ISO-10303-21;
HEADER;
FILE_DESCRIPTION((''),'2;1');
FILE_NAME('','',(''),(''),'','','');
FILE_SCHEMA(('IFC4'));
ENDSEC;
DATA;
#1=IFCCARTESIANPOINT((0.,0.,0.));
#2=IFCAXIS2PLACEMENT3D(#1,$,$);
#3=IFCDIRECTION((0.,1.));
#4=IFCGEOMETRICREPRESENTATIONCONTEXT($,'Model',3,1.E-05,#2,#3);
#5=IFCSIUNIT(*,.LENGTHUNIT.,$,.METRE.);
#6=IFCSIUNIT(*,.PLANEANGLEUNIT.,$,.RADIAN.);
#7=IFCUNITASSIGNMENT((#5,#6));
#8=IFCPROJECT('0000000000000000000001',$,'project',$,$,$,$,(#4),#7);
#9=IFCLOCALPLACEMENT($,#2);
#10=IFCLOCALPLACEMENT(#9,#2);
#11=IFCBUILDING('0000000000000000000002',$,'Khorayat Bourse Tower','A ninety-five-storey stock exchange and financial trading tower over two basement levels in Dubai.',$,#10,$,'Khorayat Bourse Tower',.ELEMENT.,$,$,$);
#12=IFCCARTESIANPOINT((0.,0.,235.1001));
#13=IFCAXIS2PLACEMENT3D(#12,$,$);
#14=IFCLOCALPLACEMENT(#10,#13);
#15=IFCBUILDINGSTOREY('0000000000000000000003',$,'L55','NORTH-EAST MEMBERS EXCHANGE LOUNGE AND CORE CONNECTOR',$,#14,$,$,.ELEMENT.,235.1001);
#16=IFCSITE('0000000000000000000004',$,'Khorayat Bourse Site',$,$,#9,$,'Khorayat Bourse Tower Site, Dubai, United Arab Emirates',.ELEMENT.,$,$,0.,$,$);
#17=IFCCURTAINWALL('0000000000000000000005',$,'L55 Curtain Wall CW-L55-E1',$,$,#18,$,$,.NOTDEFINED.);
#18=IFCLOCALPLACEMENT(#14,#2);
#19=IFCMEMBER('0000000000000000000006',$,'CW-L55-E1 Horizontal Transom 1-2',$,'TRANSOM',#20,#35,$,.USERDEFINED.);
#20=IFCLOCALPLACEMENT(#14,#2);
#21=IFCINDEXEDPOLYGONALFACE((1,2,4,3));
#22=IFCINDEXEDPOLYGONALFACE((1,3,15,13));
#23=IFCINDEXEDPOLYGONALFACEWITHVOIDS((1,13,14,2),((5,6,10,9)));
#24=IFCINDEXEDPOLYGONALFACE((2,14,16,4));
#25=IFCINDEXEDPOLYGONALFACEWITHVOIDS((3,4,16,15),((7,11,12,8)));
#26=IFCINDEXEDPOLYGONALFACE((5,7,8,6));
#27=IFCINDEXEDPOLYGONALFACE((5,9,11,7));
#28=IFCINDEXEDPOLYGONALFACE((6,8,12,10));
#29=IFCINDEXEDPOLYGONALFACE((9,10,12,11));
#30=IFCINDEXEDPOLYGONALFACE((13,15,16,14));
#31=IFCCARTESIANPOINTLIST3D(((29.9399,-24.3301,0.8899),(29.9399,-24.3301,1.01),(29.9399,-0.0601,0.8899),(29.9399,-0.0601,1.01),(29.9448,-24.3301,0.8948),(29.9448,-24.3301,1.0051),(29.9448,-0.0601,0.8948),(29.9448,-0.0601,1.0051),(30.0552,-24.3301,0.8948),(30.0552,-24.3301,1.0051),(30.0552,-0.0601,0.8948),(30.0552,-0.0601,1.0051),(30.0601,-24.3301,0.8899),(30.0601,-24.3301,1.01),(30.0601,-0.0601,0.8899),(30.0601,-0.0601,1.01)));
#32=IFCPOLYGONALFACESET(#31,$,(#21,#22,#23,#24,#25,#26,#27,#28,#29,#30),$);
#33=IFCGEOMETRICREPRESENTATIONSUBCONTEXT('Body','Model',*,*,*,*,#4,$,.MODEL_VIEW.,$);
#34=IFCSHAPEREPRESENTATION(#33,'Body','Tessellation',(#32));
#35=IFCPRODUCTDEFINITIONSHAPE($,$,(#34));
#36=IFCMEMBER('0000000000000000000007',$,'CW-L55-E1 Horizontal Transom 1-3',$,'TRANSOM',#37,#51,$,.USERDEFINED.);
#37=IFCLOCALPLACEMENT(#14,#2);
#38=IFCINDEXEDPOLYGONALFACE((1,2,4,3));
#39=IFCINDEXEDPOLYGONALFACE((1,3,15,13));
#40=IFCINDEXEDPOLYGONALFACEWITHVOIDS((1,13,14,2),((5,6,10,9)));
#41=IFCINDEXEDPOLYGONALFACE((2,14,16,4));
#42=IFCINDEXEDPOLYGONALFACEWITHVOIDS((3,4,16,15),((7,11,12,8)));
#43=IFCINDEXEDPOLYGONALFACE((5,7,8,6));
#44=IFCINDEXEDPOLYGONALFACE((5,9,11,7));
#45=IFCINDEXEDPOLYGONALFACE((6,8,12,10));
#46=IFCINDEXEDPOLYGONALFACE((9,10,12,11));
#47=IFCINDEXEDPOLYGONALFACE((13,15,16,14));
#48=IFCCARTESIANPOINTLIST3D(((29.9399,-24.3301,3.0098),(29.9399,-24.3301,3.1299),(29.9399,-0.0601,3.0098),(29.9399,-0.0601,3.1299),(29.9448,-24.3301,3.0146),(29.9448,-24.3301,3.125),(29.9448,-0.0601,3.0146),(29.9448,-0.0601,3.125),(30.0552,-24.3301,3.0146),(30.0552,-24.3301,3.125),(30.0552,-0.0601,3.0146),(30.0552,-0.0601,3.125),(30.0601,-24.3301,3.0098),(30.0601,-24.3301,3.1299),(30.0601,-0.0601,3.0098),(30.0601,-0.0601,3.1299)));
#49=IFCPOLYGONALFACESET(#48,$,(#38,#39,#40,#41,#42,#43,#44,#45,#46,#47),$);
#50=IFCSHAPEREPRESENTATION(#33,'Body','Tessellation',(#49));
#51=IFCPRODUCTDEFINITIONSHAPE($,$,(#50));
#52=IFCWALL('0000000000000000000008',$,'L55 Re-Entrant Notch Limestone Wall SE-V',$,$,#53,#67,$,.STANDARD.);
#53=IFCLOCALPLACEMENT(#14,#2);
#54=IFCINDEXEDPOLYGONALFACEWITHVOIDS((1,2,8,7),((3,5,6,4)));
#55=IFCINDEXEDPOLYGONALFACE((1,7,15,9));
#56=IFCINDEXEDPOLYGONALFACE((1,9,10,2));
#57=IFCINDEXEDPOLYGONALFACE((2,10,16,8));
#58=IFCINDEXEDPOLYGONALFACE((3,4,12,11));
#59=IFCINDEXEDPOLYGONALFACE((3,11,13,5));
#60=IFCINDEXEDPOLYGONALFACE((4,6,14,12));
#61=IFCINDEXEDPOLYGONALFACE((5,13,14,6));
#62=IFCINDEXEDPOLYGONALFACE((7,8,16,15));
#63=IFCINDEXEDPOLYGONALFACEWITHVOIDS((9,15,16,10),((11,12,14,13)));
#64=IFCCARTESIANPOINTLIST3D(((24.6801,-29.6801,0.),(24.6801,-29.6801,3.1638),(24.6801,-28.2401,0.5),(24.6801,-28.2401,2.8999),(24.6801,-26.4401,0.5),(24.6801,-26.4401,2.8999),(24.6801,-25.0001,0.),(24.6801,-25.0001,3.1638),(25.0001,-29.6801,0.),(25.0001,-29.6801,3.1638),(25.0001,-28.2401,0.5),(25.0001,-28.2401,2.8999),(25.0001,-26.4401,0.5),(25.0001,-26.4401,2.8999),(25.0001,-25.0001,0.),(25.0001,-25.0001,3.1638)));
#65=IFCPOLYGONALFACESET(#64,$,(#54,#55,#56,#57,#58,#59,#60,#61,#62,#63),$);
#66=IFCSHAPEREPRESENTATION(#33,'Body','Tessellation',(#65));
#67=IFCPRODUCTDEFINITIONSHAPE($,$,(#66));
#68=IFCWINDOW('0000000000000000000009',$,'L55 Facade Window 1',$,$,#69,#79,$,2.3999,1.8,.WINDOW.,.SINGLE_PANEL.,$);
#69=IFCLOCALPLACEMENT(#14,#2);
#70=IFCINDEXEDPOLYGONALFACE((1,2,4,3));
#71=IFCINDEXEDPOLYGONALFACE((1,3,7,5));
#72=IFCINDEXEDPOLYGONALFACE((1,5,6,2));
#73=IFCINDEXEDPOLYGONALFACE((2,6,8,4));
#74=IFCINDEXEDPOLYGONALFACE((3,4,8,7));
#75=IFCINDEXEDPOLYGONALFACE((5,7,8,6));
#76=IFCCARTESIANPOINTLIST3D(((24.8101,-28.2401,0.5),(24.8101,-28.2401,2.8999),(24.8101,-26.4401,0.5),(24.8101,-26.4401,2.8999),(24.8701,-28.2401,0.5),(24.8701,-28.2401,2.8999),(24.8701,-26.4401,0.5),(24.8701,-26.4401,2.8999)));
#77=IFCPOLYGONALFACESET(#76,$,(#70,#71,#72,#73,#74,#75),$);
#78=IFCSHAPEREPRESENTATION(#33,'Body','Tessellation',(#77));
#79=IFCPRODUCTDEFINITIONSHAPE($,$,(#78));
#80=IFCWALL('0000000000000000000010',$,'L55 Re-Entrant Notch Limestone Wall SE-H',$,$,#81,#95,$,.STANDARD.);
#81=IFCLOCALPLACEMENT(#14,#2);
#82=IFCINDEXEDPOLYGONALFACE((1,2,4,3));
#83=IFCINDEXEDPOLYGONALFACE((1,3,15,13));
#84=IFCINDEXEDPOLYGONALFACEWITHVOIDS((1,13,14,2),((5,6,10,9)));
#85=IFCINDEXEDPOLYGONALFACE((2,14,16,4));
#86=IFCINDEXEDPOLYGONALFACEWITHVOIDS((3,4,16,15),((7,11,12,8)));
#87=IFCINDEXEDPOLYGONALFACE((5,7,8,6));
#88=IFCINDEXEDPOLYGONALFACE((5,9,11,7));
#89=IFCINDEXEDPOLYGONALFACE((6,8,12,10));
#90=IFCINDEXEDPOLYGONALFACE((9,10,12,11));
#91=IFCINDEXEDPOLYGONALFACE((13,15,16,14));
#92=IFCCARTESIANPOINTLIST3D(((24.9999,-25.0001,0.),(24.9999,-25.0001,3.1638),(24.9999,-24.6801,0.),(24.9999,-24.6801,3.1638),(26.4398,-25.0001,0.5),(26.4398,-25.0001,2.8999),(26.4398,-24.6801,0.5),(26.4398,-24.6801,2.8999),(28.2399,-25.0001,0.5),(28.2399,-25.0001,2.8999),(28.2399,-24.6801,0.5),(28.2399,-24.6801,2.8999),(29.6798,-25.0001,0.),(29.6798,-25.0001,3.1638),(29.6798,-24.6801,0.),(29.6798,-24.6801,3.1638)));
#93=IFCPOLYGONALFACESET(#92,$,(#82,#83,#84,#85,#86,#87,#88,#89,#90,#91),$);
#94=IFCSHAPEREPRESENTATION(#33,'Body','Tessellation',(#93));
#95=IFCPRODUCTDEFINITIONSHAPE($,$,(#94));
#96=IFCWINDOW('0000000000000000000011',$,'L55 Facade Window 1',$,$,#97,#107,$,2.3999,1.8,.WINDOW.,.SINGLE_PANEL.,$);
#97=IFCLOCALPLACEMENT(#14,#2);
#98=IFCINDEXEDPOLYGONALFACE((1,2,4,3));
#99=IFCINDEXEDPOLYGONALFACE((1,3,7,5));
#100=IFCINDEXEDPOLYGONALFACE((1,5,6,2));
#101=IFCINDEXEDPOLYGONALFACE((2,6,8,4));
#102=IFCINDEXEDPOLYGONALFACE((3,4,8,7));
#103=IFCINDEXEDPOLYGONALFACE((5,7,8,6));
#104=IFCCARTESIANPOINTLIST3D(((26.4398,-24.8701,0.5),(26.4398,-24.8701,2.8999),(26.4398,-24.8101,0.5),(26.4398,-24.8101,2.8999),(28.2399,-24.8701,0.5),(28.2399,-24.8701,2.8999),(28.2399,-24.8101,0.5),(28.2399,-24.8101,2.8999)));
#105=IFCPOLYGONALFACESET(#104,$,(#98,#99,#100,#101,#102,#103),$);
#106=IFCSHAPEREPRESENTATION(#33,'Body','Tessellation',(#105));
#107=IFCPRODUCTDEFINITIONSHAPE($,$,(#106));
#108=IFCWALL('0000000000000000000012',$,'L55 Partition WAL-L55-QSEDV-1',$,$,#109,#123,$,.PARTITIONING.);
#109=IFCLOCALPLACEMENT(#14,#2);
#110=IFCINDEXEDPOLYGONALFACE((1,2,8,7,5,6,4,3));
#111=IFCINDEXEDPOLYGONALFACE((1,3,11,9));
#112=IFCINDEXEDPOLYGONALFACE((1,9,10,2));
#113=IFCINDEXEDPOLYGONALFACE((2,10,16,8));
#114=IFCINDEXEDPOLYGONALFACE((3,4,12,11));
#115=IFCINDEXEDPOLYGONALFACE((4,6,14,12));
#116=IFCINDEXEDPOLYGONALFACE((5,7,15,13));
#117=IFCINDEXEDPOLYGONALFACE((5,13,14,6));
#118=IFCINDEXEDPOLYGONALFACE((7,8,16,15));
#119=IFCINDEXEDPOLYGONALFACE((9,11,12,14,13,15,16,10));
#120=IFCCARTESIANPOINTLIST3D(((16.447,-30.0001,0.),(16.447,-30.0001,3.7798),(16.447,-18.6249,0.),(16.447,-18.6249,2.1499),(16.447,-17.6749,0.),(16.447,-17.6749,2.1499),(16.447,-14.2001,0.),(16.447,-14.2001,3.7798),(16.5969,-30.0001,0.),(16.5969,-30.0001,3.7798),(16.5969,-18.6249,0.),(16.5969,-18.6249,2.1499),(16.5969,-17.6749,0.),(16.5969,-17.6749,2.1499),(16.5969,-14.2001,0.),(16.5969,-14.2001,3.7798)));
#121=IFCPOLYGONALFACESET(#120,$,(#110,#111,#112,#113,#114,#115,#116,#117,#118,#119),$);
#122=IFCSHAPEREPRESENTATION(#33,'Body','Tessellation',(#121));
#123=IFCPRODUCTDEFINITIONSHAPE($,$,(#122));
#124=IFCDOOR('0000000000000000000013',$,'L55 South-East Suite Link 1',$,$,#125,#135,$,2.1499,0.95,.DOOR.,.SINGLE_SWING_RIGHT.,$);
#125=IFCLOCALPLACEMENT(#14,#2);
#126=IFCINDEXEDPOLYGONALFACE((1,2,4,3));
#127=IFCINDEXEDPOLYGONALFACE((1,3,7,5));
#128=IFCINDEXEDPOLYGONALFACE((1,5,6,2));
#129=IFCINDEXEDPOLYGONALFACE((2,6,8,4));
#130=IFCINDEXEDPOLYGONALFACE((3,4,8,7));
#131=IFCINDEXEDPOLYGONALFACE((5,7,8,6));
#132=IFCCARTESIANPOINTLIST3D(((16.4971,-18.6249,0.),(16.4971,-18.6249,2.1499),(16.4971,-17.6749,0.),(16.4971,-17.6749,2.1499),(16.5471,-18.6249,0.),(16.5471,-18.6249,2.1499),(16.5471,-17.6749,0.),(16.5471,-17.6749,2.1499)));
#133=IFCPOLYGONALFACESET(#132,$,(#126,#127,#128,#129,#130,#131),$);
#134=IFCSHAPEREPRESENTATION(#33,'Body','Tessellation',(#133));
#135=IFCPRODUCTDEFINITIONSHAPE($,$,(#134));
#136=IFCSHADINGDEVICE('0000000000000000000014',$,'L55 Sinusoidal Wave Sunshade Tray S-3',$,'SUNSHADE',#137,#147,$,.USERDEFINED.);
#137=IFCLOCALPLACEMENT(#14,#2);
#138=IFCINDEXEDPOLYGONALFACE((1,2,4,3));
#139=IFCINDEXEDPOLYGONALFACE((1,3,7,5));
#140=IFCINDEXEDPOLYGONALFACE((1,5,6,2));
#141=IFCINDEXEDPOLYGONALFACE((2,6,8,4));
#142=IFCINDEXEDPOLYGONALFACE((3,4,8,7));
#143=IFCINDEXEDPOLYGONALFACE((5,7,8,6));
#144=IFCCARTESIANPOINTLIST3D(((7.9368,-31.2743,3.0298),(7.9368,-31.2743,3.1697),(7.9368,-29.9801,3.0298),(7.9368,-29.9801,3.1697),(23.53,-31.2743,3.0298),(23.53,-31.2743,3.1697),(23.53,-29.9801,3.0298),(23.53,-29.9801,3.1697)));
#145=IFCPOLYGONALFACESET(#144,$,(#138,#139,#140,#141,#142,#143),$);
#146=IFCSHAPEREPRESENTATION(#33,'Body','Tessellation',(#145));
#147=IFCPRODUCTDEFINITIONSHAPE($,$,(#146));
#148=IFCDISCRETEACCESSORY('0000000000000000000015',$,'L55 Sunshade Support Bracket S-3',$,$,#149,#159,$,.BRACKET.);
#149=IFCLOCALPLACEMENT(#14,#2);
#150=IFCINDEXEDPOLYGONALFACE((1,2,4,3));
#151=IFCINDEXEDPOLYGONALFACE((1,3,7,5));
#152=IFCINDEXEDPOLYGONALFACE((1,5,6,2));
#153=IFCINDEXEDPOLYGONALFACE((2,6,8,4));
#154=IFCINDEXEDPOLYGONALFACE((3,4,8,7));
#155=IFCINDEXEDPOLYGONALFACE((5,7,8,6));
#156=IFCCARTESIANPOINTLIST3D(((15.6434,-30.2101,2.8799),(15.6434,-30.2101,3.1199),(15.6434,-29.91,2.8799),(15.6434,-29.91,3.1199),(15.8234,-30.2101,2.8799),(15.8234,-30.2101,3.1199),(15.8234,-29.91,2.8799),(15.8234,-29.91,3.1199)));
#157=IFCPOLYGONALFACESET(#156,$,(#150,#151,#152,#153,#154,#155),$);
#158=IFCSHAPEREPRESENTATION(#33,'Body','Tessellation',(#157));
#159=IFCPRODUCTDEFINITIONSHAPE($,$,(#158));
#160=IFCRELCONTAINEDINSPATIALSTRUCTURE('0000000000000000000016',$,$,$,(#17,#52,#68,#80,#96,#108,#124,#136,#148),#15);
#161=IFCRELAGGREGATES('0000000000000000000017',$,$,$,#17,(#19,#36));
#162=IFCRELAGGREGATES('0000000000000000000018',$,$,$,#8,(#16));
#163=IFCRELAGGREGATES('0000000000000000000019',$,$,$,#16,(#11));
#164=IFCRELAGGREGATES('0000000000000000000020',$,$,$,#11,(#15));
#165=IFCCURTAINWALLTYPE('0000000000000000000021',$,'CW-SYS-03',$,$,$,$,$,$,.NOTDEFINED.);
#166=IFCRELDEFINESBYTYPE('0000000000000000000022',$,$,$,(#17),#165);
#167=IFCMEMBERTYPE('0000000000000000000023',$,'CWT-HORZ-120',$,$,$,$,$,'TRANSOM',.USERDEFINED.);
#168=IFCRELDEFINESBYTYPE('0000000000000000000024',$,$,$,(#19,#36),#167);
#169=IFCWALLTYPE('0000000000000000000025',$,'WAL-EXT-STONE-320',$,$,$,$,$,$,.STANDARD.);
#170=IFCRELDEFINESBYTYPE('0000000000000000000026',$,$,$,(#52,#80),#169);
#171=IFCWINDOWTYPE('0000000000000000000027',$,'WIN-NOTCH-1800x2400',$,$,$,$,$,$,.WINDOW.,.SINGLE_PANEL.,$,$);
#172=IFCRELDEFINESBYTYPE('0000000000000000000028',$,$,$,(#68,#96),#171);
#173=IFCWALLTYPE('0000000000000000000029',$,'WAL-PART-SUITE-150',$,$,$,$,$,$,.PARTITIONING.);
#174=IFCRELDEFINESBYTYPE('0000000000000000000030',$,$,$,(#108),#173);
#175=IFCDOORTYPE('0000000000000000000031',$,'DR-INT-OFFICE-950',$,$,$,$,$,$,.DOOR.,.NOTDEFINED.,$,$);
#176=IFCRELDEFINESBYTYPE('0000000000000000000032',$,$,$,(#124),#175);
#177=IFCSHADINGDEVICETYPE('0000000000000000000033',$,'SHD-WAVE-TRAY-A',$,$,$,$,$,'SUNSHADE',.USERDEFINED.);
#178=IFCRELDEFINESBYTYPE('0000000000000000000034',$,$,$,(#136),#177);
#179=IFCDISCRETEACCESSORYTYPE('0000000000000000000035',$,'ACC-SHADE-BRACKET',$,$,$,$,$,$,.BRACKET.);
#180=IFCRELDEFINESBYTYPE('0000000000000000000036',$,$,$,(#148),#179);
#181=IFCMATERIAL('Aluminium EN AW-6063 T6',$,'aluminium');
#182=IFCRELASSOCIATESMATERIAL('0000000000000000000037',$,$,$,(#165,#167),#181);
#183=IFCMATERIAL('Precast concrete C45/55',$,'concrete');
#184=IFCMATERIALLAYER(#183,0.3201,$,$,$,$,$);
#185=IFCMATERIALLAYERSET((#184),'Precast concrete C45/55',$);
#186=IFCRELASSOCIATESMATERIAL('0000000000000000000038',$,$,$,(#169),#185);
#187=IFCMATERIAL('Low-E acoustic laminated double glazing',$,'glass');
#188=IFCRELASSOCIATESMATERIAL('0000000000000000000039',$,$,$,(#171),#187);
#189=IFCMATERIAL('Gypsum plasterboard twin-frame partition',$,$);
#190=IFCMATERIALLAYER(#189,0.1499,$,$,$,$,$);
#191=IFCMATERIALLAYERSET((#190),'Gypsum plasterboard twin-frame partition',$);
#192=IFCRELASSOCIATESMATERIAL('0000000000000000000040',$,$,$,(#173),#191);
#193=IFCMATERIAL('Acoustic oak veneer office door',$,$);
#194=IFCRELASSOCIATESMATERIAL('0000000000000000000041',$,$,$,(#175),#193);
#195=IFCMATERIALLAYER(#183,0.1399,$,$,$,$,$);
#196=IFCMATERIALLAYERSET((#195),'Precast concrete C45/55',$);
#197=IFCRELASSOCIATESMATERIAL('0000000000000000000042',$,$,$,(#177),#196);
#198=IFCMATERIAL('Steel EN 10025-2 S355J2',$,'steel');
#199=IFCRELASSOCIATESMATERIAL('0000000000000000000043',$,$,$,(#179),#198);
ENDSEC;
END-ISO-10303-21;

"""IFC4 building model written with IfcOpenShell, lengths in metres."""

from ifc_helpers import new_model, si_unit, direction, frame, frame_2d, origin, origin_2d, place, context, subcontext, project, spatial, rectangle, hollow_rectangle, extrude, source, transform, mapped, material, layer, layer_set, material_profile, profile_set, type_object, element, fill, aggregate, save


model = new_model("IFC4")

# Units and contexts
model_context = context("Model", 3, precision=1e-05, world=origin(), true_north=direction((0.0, 1.0)))
body_context = subcontext(model_context, "Body", "Model", "MODEL_VIEW")
ifc_project = project(units=[si_unit("LENGTHUNIT", "METRE"), si_unit("PLANEANGLEUNIT", "RADIAN")], contexts=[model_context])

# Site, building, storey
site_placement = place(None, origin())
site = spatial("IfcSite", under=ifc_project, at=site_placement, Name="Khorayat Bourse Site", LongName="Khorayat Bourse Tower Site, Dubai, United Arab Emirates", CompositionType="ELEMENT", RefElevation=0.0)
building_placement = place(site_placement, origin())
building = spatial("IfcBuilding", under=site, at=building_placement, Name="Khorayat Bourse Tower", Description="A ninety-five-storey stock exchange and financial trading tower over two basement levels in Dubai.", LongName="Khorayat Bourse Tower", CompositionType="ELEMENT")
storey_placement = place(building_placement, frame((0.0, 0.0, 235.1001)))
storey = spatial("IfcBuildingStorey", under=building, at=storey_placement, Name="L55", Description="NORTH-EAST MEMBERS EXCHANGE LOUNGE AND CORE CONNECTOR", CompositionType="ELEMENT", Elevation=235.1001)

# Curtain wall
ifc_material_1 = material(Name="Aluminium EN AW-6063 T6", Category="aluminium")
curtain_wall_type = type_object("IfcCurtainWallType", Name="CW-SYS-03", PredefinedType="NOTDEFINED", material=ifc_material_1)
curtain_wall_1_placement = place(storey_placement, origin())
curtain_wall_1 = element("IfcCurtainWall", 1, at=curtain_wall_1_placement, inside=storey, type_object=curtain_wall_type, Name="L55 Curtain Wall CW-L55-E1", PredefinedType="NOTDEFINED")

# Members
ifc_material_profile_1 = material_profile(ifc_material_1, hollow_rectangle(XDim=0.1201, YDim=0.1201, WallThickness=0.0049, at=origin_2d()), Name="ALU 120x120x5")
ifc_profile_set_1 = profile_set([ifc_material_profile_1], Name="Aluminium EN AW-6063 T6")
member_type_1 = type_object("IfcMemberType", Name="CWT-HORZ-120", ElementType="TRANSOM", PredefinedType="USERDEFINED", material=ifc_profile_set_1)
shared_shape_1 = source(origin(), body_context, "Body", "SweptSolid", [
    extrude(hollow_rectangle(XDim=0.1201, YDim=0.1201, WallThickness=0.0049, at=origin_2d()), origin(), (0.0, 0.0, 1.0), 24.27),
])
member_1_placement = place(storey_placement, frame((30.0, -24.3301, 0.95), z_axis=(0.0, 1.0, 0.0), x_axis=(-1.0, 0.0, 0.0)))
member_1 = element("IfcMember", 2, at=member_1_placement, type_object=member_type_1, Name="CW-L55-E1 Horizontal Transom 1-2", ObjectType="TRANSOM", PredefinedType="USERDEFINED", context=body_context, shape_type="MappedRepresentation", body=[
    mapped(shared_shape_1, transform((0.0, 0.0, 0.0), scale=1.0)),
])
member_2_placement = place(storey_placement, frame((30.0, -24.3301, 3.0698), z_axis=(0.0, 1.0, 0.0), x_axis=(-1.0, 0.0, 0.0)))
member_2 = element("IfcMember", 3, at=member_2_placement, type_object=member_type_1, Name="CW-L55-E1 Horizontal Transom 1-3", ObjectType="TRANSOM", PredefinedType="USERDEFINED", context=body_context, shape_type="MappedRepresentation", body=[
    mapped(shared_shape_1, transform((0.0, 0.0, 0.0), scale=1.0)),
])
aggregate(curtain_wall_1, [member_1, member_2])

# Walls, openings, windows
ifc_material_2 = material(Name="Precast concrete C45/55", Category="concrete")
ifc_layer_1 = layer(ifc_material_2, 0.3201)
ifc_layer_set_1 = layer_set([ifc_layer_1], Name="Precast concrete C45/55")
wall_type_1 = type_object("IfcWallType", Name="WAL-EXT-STONE-320", PredefinedType="STANDARD", material=ifc_layer_set_1)
shared_shape_2 = source(origin(), body_context, "Body", "SweptSolid", [
    extrude(rectangle(XDim=4.6799, YDim=0.3201, at=frame_2d((2.3398, 0.0))), origin(), (0.0, 0.0, 1.0), 3.1638),
])
wall_1_placement = place(storey_placement, frame((24.8401, -29.6799, 0.0), z_axis=(0.0, 0.0, 1.0), x_axis=(0.0, 1.0, 0.0)))
wall_1 = element("IfcWall", 4, at=wall_1_placement, inside=storey, type_object=wall_type_1, Name="L55 Re-Entrant Notch Limestone Wall SE-V", PredefinedType="STANDARD", context=body_context, shape_type="MappedRepresentation", body=[
    mapped(shared_shape_2, transform((0.0, 0.0, 0.0), scale=1.0)),
])
shared_shape_3 = source(origin(), body_context, "Body", "SweptSolid", [
    extrude(rectangle(XDim=1.8, YDim=2.3999, at=frame_2d((0.8999, 1.2))), frame((0.0, 0.1699, 0.0), z_axis=(0.0, -1.0, 0.0), x_axis=(1.0, 0.0, 0.0)), (0.0, 0.0, 1.0), 0.3401),
])
opening_1_placement = place(wall_1_placement, frame((1.4399, 0.0, 0.5)))
opening_1 = element("IfcOpeningElement", 5, at=opening_1_placement, cuts=wall_1, PredefinedType="OPENING", context=body_context, shape_type="MappedRepresentation", body=[
    mapped(shared_shape_3, transform((0.0, 0.0, 0.0), scale=1.0)),
])
ifc_material_3 = material(Name="Low-E acoustic laminated double glazing", Category="glass")
window_type = type_object("IfcWindowType", Name="WIN-NOTCH-1800x2400", PartitioningType="SINGLE_PANEL", PredefinedType="WINDOW", material=ifc_material_3)
shared_shape_4 = source(origin(), body_context, "Body", "SweptSolid", [
    extrude(rectangle(XDim=1.8, YDim=2.3999, at=frame_2d((0.8999, 1.2))), frame((0.0, 0.03, 0.0), z_axis=(0.0, -1.0, 0.0), x_axis=(1.0, 0.0, 0.0)), (0.0, 0.0, 1.0), 0.0601),
])
window_1_placement = place(opening_1_placement, origin())
window_1 = element("IfcWindow", 6, at=window_1_placement, inside=storey, type_object=window_type, Name="L55 Facade Window 1", OverallHeight=2.3999, OverallWidth=1.8, PartitioningType="SINGLE_PANEL", PredefinedType="WINDOW", context=body_context, shape_type="MappedRepresentation", body=[
    mapped(shared_shape_4, transform((0.0, 0.0, 0.0), scale=1.0)),
])
fill(opening_1, window_1)
wall_2_placement = place(storey_placement, frame((25.0, -24.8401, 0.0), z_axis=(0.0, 0.0, 1.0), x_axis=(1.0, 0.0, 0.0)))
wall_2 = element("IfcWall", 7, at=wall_2_placement, inside=storey, type_object=wall_type_1, Name="L55 Re-Entrant Notch Limestone Wall SE-H", PredefinedType="STANDARD", context=body_context, shape_type="MappedRepresentation", body=[
    mapped(shared_shape_2, transform((0.0, 0.0, 0.0), scale=1.0)),
])
opening_2_placement = place(wall_2_placement, frame((1.4399, 0.0, 0.5)))
opening_2 = element("IfcOpeningElement", 8, at=opening_2_placement, cuts=wall_2, PredefinedType="OPENING", context=body_context, shape_type="MappedRepresentation", body=[
    mapped(shared_shape_3, transform((0.0, 0.0, 0.0), scale=1.0)),
])
window_2_placement = place(opening_2_placement, origin())
window_2 = element("IfcWindow", 9, at=window_2_placement, inside=storey, type_object=window_type, Name="L55 Facade Window 1", OverallHeight=2.3999, OverallWidth=1.8, PartitioningType="SINGLE_PANEL", PredefinedType="WINDOW", context=body_context, shape_type="MappedRepresentation", body=[
    mapped(shared_shape_4, transform((0.0, 0.0, 0.0), scale=1.0)),
])
fill(opening_2, window_2)

# Wall, opening, door
ifc_material_4 = material(Name="Gypsum plasterboard twin-frame partition")
ifc_layer_2 = layer(ifc_material_4, 0.1499)
ifc_layer_set_2 = layer_set([ifc_layer_2], Name="Gypsum plasterboard twin-frame partition")
wall_type_2 = type_object("IfcWallType", Name="WAL-PART-SUITE-150", PredefinedType="PARTITIONING", material=ifc_layer_set_2)
shared_shape_5 = source(origin(), body_context, "Body", "SweptSolid", [
    extrude(rectangle(XDim=15.8, YDim=0.1499, at=frame_2d((7.8999, 0.0))), origin(), (0.0, 0.0, 1.0), 3.7798),
])
wall_3_placement = place(storey_placement, frame((16.522, -30.0, 0.0), z_axis=(0.0, 0.0, 1.0), x_axis=(0.0, 1.0, 0.0)))
wall_3 = element("IfcWall", 10, at=wall_3_placement, inside=storey, type_object=wall_type_2, Name="L55 Partition WAL-L55-QSEDV-1", PredefinedType="PARTITIONING", context=body_context, shape_type="MappedRepresentation", body=[
    mapped(shared_shape_5, transform((0.0, 0.0, 0.0), scale=1.0)),
])
shared_shape_6 = source(origin(), body_context, "Body", "SweptSolid", [
    extrude(rectangle(XDim=0.95, YDim=2.1499, at=frame_2d((0.4751, 1.075))), frame((0.0, 0.085, 0.0), z_axis=(0.0, -1.0, 0.0), x_axis=(1.0, 0.0, 0.0)), (0.0, 0.0, 1.0), 0.1699),
])
opening_3_placement = place(wall_3_placement, frame((11.375, 0.0, 0.0)))
opening_3 = element("IfcOpeningElement", 11, at=opening_3_placement, cuts=wall_3, PredefinedType="OPENING", context=body_context, shape_type="MappedRepresentation", body=[
    mapped(shared_shape_6, transform((0.0, 0.0, 0.0), scale=1.0)),
])
ifc_material_5 = material(Name="Acoustic oak veneer office door")
door_type = type_object("IfcDoorType", Name="DR-INT-OFFICE-950", OperationType="NOTDEFINED", PredefinedType="DOOR", material=ifc_material_5)
shared_shape_7 = source(origin(), body_context, "Body", "SweptSolid", [
    extrude(rectangle(XDim=0.95, YDim=2.1499, at=frame_2d((0.4751, 1.075))), frame((0.0, 0.0249, 0.0), z_axis=(0.0, -1.0, 0.0), x_axis=(1.0, 0.0, 0.0)), (0.0, 0.0, 1.0), 0.05),
])
door_placement = place(opening_3_placement, origin())
door = element("IfcDoor", 12, at=door_placement, inside=storey, type_object=door_type, Name="L55 South-East Suite Link 1", OperationType="SINGLE_SWING_RIGHT", OverallHeight=2.1499, OverallWidth=0.95, PredefinedType="DOOR", context=body_context, shape_type="MappedRepresentation", body=[
    mapped(shared_shape_7, transform((0.0, 0.0, 0.0), scale=1.0)),
])
fill(opening_3, door)

# Shading device
ifc_layer_3 = layer(ifc_material_2, 0.1399)
ifc_layer_set_3 = layer_set([ifc_layer_3], Name="Precast concrete C45/55")
shading_device_type = type_object("IfcShadingDeviceType", Name="SHD-WAVE-TRAY-A", ElementType="SUNSHADE", PredefinedType="USERDEFINED", material=ifc_layer_set_3)
shared_shape_8 = source(origin(), body_context, "Body", "SweptSolid", [
    extrude(rectangle(XDim=15.5933, YDim=1.2942, at=origin_2d()), origin(), (0.0, 0.0, 1.0), 0.1399),
])
shading_device_placement = place(storey_placement, frame((15.7334, -30.6272, 3.0298), z_axis=(0.0, 0.0, 1.0), x_axis=(1.0, 0.0, 0.0)))
element("IfcShadingDevice", 13, at=shading_device_placement, inside=storey, type_object=shading_device_type, Name="L55 Sinusoidal Wave Sunshade Tray S-3", ObjectType="SUNSHADE", PredefinedType="USERDEFINED", context=body_context, shape_type="MappedRepresentation", body=[
    mapped(shared_shape_8, transform((0.0, 0.0, 0.0), scale=1.0)),
])

# Discrete accessory
ifc_material_6 = material(Name="Steel EN 10025-2 S355J2", Category="steel")
discrete_accessory_type = type_object("IfcDiscreteAccessoryType", Name="ACC-SHADE-BRACKET", PredefinedType="BRACKET", material=ifc_material_6)
shared_shape_9 = source(origin(), body_context, "Body", "SweptSolid", [
    extrude(rectangle(XDim=0.1799, YDim=0.3, at=origin_2d()), origin(), (0.0, 0.0, 1.0), 0.24),
])
discrete_accessory_placement = place(storey_placement, frame((15.7334, -30.0601, 2.8799), z_axis=(0.0, 0.0, 1.0), x_axis=(1.0, 0.0, 0.0)))
element("IfcDiscreteAccessory", 14, at=discrete_accessory_placement, inside=storey, type_object=discrete_accessory_type, Name="L55 Sunshade Support Bracket S-3", PredefinedType="BRACKET", context=body_context, shape_type="MappedRepresentation", body=[
    mapped(shared_shape_9, transform((0.0, 0.0, 0.0), scale=1.0)),
])

save(model, "model.ifc")
